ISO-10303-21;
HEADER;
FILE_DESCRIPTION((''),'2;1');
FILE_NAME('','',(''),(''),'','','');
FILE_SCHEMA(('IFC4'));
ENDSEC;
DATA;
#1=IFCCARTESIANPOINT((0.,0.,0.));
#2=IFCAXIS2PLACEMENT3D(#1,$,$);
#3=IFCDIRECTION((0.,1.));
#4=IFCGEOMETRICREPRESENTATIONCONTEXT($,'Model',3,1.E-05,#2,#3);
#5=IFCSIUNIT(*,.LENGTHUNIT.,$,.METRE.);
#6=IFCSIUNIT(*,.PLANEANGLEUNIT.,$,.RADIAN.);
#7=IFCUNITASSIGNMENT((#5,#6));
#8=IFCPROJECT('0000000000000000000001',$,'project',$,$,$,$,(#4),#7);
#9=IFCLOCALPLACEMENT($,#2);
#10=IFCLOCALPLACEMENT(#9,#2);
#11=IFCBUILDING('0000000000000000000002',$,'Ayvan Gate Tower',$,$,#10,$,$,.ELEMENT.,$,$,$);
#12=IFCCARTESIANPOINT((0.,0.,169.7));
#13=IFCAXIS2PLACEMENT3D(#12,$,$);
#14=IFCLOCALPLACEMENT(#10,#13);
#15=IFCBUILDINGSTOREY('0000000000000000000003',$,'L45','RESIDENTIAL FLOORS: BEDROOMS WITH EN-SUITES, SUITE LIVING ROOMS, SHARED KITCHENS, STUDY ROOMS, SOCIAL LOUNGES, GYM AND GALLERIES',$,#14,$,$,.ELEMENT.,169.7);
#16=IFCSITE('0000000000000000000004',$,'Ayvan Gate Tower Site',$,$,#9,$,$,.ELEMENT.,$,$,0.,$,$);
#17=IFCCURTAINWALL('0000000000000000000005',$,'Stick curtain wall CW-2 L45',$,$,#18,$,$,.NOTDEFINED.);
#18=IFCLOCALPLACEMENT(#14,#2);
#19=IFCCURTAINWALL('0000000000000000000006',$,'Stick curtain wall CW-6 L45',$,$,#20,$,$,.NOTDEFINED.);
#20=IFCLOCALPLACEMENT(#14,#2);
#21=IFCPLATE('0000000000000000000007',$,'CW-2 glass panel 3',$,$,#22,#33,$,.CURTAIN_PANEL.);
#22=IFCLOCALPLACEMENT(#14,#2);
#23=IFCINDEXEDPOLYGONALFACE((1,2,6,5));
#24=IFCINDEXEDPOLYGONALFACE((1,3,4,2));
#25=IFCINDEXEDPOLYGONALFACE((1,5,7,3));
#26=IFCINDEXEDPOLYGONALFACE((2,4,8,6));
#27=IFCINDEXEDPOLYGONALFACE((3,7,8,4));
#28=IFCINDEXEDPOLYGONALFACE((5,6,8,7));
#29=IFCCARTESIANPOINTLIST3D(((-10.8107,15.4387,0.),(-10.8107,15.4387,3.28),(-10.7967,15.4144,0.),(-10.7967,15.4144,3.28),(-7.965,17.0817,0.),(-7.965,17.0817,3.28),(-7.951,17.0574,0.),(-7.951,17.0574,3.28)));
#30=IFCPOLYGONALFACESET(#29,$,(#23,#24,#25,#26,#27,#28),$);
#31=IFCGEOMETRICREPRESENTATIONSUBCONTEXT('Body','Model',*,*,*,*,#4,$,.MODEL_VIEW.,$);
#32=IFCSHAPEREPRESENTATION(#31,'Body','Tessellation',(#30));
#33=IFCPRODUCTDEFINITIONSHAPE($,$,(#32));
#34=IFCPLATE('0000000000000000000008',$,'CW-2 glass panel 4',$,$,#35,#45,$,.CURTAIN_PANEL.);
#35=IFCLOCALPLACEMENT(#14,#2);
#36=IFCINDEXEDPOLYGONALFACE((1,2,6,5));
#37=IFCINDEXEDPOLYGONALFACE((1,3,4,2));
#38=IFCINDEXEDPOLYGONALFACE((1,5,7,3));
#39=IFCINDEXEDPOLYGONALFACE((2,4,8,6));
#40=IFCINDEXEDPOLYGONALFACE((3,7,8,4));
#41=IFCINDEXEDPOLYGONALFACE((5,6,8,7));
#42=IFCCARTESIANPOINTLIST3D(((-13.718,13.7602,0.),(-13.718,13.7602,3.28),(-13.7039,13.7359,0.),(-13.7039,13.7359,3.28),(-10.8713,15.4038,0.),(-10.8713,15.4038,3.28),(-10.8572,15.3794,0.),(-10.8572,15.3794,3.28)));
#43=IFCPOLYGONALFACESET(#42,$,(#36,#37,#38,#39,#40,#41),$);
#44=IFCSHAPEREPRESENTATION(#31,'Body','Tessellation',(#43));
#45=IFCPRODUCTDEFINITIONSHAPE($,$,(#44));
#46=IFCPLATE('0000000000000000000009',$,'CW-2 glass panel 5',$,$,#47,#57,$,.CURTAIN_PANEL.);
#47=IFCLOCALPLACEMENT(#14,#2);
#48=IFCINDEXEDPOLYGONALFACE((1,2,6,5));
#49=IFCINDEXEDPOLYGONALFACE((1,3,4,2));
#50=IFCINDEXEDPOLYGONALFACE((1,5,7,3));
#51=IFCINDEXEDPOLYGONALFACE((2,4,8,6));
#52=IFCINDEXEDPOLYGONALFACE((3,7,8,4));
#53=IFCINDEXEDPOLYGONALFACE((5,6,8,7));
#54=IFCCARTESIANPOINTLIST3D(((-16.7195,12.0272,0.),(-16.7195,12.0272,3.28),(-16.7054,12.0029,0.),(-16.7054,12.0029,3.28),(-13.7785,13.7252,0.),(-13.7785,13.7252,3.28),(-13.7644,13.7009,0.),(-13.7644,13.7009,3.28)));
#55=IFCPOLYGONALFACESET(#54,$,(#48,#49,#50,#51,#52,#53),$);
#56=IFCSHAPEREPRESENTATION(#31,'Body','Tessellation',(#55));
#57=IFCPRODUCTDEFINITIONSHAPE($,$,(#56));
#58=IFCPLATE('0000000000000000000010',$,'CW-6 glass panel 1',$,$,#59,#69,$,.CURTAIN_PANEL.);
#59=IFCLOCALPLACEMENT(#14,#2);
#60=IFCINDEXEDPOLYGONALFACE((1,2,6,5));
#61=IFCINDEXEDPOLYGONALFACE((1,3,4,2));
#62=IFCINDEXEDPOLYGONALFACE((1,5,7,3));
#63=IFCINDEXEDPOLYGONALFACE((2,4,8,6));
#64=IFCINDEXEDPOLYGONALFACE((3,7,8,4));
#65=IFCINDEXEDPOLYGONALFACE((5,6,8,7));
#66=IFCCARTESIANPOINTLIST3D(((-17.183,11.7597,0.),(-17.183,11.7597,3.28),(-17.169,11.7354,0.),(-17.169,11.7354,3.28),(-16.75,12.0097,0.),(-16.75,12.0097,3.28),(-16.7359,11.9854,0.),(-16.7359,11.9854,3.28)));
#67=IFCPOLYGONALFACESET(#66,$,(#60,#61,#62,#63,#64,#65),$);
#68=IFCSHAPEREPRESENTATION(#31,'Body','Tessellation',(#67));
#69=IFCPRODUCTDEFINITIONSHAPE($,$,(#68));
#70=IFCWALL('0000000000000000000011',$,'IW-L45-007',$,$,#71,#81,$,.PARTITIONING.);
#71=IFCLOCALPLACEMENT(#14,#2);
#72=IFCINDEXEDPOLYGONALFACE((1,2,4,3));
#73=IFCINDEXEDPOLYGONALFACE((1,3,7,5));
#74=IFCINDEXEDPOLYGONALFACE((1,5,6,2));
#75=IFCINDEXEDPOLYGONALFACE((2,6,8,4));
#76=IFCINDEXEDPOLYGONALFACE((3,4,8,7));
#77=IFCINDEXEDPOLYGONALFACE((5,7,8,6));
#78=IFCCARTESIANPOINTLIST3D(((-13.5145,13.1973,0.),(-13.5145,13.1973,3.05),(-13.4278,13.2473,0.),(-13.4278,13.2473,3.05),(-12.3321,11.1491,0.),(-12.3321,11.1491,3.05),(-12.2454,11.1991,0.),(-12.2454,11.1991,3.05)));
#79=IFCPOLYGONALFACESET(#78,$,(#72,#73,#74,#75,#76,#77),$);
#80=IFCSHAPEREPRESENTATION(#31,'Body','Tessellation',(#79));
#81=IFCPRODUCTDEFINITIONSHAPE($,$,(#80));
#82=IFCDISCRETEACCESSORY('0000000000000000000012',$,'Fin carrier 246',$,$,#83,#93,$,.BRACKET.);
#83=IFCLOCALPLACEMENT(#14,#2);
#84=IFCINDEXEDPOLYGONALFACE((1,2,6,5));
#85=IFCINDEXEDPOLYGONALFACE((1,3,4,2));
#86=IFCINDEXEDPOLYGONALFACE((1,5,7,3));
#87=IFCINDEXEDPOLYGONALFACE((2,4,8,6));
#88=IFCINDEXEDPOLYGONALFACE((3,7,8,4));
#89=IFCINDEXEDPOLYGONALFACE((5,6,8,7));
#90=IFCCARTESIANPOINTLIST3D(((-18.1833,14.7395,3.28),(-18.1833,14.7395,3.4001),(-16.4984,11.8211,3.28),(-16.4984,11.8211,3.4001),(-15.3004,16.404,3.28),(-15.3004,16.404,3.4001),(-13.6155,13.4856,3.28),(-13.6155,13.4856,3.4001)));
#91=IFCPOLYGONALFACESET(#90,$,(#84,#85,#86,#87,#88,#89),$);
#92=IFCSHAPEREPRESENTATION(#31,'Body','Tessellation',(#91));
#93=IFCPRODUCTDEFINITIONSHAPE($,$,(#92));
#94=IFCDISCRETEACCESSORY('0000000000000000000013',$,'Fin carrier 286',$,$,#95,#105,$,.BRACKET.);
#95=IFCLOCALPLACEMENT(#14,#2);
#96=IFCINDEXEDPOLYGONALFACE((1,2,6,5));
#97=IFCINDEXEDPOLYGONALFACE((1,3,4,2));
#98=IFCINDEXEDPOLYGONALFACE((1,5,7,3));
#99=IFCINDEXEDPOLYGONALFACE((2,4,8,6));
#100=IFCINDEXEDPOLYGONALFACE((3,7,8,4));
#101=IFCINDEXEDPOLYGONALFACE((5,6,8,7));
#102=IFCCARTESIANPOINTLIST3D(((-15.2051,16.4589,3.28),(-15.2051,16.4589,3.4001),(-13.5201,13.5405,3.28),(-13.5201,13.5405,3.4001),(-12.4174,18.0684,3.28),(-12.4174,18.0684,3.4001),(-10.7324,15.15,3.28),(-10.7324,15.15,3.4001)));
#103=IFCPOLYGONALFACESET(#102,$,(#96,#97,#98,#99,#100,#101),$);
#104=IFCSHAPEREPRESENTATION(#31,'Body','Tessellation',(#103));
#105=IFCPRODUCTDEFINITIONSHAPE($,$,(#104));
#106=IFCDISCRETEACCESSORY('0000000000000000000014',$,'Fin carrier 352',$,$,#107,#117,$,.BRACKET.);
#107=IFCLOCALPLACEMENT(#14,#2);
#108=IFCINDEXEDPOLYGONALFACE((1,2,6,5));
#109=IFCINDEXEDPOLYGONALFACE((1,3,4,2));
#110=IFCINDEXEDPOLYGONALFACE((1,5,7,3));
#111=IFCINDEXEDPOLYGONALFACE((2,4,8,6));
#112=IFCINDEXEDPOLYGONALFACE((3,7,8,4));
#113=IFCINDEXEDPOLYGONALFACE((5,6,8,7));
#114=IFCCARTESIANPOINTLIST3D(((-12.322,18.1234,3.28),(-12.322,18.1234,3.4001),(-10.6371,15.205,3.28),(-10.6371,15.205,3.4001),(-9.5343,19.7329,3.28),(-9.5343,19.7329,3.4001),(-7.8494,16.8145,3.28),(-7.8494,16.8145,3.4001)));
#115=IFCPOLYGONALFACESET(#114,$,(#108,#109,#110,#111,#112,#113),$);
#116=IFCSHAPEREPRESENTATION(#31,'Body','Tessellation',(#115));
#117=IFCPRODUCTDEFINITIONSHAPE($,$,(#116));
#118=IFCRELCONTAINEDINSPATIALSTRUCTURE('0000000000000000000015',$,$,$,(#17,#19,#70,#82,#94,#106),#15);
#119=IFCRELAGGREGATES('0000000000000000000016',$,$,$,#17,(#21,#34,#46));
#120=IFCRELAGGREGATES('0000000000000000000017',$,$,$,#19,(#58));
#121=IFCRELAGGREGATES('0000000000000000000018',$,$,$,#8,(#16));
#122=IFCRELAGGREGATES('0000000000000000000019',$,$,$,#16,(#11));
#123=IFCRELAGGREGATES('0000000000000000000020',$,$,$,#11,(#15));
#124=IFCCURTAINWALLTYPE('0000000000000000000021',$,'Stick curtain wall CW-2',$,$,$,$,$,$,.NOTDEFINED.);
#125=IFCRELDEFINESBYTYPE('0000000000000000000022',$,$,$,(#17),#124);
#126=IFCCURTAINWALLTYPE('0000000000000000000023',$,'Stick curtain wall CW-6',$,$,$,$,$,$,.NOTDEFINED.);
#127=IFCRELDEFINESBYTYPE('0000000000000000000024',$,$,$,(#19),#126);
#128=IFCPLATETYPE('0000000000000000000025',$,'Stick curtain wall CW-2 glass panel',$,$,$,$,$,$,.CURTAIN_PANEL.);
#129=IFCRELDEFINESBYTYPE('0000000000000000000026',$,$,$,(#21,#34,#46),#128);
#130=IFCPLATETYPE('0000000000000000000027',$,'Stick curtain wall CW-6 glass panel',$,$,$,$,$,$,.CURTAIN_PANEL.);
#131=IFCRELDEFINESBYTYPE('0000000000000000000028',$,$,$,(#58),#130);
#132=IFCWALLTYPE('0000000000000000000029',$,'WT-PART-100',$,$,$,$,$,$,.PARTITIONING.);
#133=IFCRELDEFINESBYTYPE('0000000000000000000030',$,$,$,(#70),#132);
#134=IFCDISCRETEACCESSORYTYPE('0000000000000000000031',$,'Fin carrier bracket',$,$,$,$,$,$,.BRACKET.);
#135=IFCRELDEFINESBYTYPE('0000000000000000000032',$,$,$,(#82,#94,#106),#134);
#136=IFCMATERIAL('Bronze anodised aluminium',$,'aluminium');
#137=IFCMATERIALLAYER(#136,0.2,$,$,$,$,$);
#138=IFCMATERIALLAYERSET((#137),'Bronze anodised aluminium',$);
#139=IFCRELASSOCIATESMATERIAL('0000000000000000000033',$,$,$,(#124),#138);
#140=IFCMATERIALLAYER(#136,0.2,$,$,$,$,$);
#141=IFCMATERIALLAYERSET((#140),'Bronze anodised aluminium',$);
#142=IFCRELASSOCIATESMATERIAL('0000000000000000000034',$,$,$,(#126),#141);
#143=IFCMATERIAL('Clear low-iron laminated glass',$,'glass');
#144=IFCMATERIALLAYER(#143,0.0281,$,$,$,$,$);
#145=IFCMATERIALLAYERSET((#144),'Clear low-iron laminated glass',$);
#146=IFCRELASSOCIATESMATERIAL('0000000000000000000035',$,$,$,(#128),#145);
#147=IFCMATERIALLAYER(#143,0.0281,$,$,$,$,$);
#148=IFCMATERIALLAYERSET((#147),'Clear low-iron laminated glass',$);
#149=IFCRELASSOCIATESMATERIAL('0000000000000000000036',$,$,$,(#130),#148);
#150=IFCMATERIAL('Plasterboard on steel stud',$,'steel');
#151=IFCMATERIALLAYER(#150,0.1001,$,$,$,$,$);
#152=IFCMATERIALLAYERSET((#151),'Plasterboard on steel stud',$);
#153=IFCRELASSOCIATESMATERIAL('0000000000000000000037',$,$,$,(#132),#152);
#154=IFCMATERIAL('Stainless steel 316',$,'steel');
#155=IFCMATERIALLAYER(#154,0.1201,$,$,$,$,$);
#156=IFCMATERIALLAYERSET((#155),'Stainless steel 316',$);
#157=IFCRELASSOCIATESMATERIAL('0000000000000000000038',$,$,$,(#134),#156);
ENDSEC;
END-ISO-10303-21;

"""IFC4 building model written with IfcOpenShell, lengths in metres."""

from ifc_helpers import new_model, si_unit, direction, frame, frame_2d, origin, origin_2d, place, context, subcontext, project, spatial, rectangle, extrude, material, layer, layer_set, type_object, element, aggregate, save


model = new_model("IFC4")

# Units and contexts
model_context = context("Model", 3, precision=1e-05, world=origin(), true_north=direction((0.0, 1.0)))
body_context = subcontext(model_context, "Body", "Model", "MODEL_VIEW")
ifc_project = project(units=[si_unit("LENGTHUNIT", "METRE"), si_unit("PLANEANGLEUNIT", "RADIAN")], contexts=[model_context])

# Site, building, storey
site_placement = place(None, origin())
site = spatial("IfcSite", under=ifc_project, at=site_placement, Name="Ayvan Gate Tower Site", CompositionType="ELEMENT", RefElevation=0.0)
building_placement = place(site_placement, origin())
building = spatial("IfcBuilding", under=site, at=building_placement, Name="Ayvan Gate Tower", CompositionType="ELEMENT")
storey_placement = place(building_placement, frame((0.0, 0.0, 169.7)))
storey = spatial("IfcBuildingStorey", under=building, at=storey_placement, Name="L45", Description="RESIDENTIAL FLOORS: BEDROOMS WITH EN-SUITES, SUITE LIVING ROOMS, SHARED KITCHENS, STUDY ROOMS, SOCIAL LOUNGES, GYM AND GALLERIES", CompositionType="ELEMENT", Elevation=169.7)

# Curtain walls
ifc_material_1 = material(Name="Bronze anodised aluminium", Category="aluminium")
ifc_layer_1 = layer(ifc_material_1, 0.2)
ifc_layer_set_1 = layer_set([ifc_layer_1], Name="Bronze anodised aluminium")
curtain_wall_type_1 = type_object("IfcCurtainWallType", Name="Stick curtain wall CW-2", PredefinedType="NOTDEFINED", material=ifc_layer_set_1)
curtain_wall_1_placement = place(storey_placement, origin())
curtain_wall_1 = element("IfcCurtainWall", 1, at=curtain_wall_1_placement, inside=storey, type_object=curtain_wall_type_1, Name="Stick curtain wall CW-2 L45", PredefinedType="NOTDEFINED")
ifc_layer_2 = layer(ifc_material_1, 0.2)
ifc_layer_set_2 = layer_set([ifc_layer_2], Name="Bronze anodised aluminium")
curtain_wall_type_2 = type_object("IfcCurtainWallType", Name="Stick curtain wall CW-6", PredefinedType="NOTDEFINED", material=ifc_layer_set_2)
curtain_wall_2_placement = place(storey_placement, origin())
curtain_wall_2 = element("IfcCurtainWall", 2, at=curtain_wall_2_placement, inside=storey, type_object=curtain_wall_type_2, Name="Stick curtain wall CW-6 L45", PredefinedType="NOTDEFINED")

# Plates
ifc_material_2 = material(Name="Clear low-iron laminated glass", Category="glass")
ifc_layer_3 = layer(ifc_material_2, 0.0281)
ifc_layer_set_3 = layer_set([ifc_layer_3], Name="Clear low-iron laminated glass")
plate_type_1 = type_object("IfcPlateType", Name="Stick curtain wall CW-2 glass panel", PredefinedType="CURTAIN_PANEL", material=ifc_layer_set_3)
plate_1_placement = place(storey_placement, frame((-9.3809, 16.248, 0.0), z_axis=(0.0, 0.0, 1.0), x_axis=(-0.866025, -0.5, 0.0)))
plate_1 = element("IfcPlate", 3, at=plate_1_placement, type_object=plate_type_1, Name="CW-2 glass panel 3", PredefinedType="CURTAIN_PANEL", context=body_context, shape_type="SweptSolid", body=[
    extrude(rectangle(XDim=3.2859, YDim=0.0281, at=origin_2d()), origin(), (0.0, 0.0, 1.0), 3.28),
])
plate_2_placement = place(storey_placement, frame((-12.2876, 14.5698, 0.0), z_axis=(0.0, 0.0, 1.0), x_axis=(-0.866025, -0.5, 0.0)))
plate_2 = element("IfcPlate", 4, at=plate_2_placement, type_object=plate_type_1, Name="CW-2 glass panel 4", PredefinedType="CURTAIN_PANEL", context=body_context, shape_type="SweptSolid", body=[
    extrude(rectangle(XDim=3.2871, YDim=0.0281, at=origin_2d()), origin(), (0.0, 0.0, 1.0), 3.28),
])
plate_3_placement = place(storey_placement, frame((-15.2419, 12.864, 0.0), z_axis=(0.0, 0.0, 1.0), x_axis=(-0.866025, -0.5, 0.0)))
plate_3 = element("IfcPlate", 5, at=plate_3_placement, type_object=plate_type_1, Name="CW-2 glass panel 5", PredefinedType="CURTAIN_PANEL", context=body_context, shape_type="SweptSolid", body=[
    extrude(rectangle(XDim=3.396, YDim=0.0281, at=origin_2d()), origin(), (0.0, 0.0, 1.0), 3.28),
])
aggregate(curtain_wall_1, [plate_1, plate_2, plate_3])
ifc_layer_4 = layer(ifc_material_2, 0.0281)
ifc_layer_set_4 = layer_set([ifc_layer_4], Name="Clear low-iron laminated glass")
plate_type_2 = type_object("IfcPlateType", Name="Stick curtain wall CW-6 glass panel", PredefinedType="CURTAIN_PANEL", material=ifc_layer_set_4)
plate_4_placement = place(storey_placement, frame((-16.9595, 11.8726, 0.0), z_axis=(0.0, 0.0, 1.0), x_axis=(-0.866025, -0.5, 0.0)))
plate_4 = element("IfcPlate", 6, at=plate_4_placement, type_object=plate_type_2, Name="CW-6 glass panel 1", PredefinedType="CURTAIN_PANEL", context=body_context, shape_type="SweptSolid", body=[
    extrude(rectangle(XDim=0.5, YDim=0.0281, at=origin_2d()), origin(), (0.0, 0.0, 1.0), 3.28),
])
aggregate(curtain_wall_2, [plate_4])

# Wall
ifc_material_3 = material(Name="Plasterboard on steel stud", Category="steel")
ifc_layer_5 = layer(ifc_material_3, 0.1001)
ifc_layer_set_5 = layer_set([ifc_layer_5], Name="Plasterboard on steel stud")
wall_type = type_object("IfcWallType", Name="WT-PART-100", PredefinedType="PARTITIONING", material=ifc_layer_set_5)
wall_placement = place(storey_placement, frame((-13.4712, 13.2224, 0.0), z_axis=(0.0, 0.0, 1.0), x_axis=(0.49997, -0.866043, 0.0)))
element("IfcWall", 7, at=wall_placement, inside=storey, type_object=wall_type, Name="IW-L45-007", PredefinedType="PARTITIONING", context=body_context, shape_type="SweptSolid", body=[
    extrude(rectangle(XDim=2.365, YDim=0.1001, at=frame_2d((1.1826, 0.0))), origin(), (0.0, 0.0, 1.0), 3.05),
])

# Discrete accessories
ifc_material_4 = material(Name="Stainless steel 316", Category="steel")
ifc_layer_6 = layer(ifc_material_4, 0.1201)
ifc_layer_set_6 = layer_set([ifc_layer_6], Name="Stainless steel 316")
discrete_accessory_type = type_object("IfcDiscreteAccessoryType", Name="Fin carrier bracket", PredefinedType="BRACKET", material=ifc_layer_set_6)
discrete_accessory_placement = place(storey_placement, frame((-15.8994, 14.1125, 3.28), z_axis=(0.0, 0.0, 1.0), x_axis=(-0.866025, -0.5, 0.0)))
element("IfcDiscreteAccessory", 8, at=discrete_accessory_placement, inside=storey, type_object=discrete_accessory_type, Name="Fin carrier 246", PredefinedType="BRACKET", context=body_context, shape_type="SweptSolid", body=[
    extrude(rectangle(XDim=3.3289, YDim=3.3699, at=origin_2d()), origin(), (0.0, 0.0, 1.0), 0.1201),
])
for number, where, z_axis, x_axis, name in (
    (9, (-12.9688, 15.8044, 3.28), (0.0, 0.0, 1.0), (-0.866025, -0.5, 0.0), "Fin carrier 286"),
    (10, (-10.0857, 17.469, 3.28), (0.0, 0.0, 1.0), (-0.866025, -0.5, 0.0), "Fin carrier 352"),
):
    element("IfcDiscreteAccessory", number, at=place(storey_placement, frame(where, z_axis=z_axis, x_axis=x_axis)), inside=storey, type_object=discrete_accessory_type, Name=name, PredefinedType="BRACKET", context=body_context, shape_type="SweptSolid", body=[
        extrude(rectangle(XDim=3.219, YDim=3.3699, at=origin_2d()), origin(), (0.0, 0.0, 1.0), 0.1201),
    ])

save(model, "model.ifc")
